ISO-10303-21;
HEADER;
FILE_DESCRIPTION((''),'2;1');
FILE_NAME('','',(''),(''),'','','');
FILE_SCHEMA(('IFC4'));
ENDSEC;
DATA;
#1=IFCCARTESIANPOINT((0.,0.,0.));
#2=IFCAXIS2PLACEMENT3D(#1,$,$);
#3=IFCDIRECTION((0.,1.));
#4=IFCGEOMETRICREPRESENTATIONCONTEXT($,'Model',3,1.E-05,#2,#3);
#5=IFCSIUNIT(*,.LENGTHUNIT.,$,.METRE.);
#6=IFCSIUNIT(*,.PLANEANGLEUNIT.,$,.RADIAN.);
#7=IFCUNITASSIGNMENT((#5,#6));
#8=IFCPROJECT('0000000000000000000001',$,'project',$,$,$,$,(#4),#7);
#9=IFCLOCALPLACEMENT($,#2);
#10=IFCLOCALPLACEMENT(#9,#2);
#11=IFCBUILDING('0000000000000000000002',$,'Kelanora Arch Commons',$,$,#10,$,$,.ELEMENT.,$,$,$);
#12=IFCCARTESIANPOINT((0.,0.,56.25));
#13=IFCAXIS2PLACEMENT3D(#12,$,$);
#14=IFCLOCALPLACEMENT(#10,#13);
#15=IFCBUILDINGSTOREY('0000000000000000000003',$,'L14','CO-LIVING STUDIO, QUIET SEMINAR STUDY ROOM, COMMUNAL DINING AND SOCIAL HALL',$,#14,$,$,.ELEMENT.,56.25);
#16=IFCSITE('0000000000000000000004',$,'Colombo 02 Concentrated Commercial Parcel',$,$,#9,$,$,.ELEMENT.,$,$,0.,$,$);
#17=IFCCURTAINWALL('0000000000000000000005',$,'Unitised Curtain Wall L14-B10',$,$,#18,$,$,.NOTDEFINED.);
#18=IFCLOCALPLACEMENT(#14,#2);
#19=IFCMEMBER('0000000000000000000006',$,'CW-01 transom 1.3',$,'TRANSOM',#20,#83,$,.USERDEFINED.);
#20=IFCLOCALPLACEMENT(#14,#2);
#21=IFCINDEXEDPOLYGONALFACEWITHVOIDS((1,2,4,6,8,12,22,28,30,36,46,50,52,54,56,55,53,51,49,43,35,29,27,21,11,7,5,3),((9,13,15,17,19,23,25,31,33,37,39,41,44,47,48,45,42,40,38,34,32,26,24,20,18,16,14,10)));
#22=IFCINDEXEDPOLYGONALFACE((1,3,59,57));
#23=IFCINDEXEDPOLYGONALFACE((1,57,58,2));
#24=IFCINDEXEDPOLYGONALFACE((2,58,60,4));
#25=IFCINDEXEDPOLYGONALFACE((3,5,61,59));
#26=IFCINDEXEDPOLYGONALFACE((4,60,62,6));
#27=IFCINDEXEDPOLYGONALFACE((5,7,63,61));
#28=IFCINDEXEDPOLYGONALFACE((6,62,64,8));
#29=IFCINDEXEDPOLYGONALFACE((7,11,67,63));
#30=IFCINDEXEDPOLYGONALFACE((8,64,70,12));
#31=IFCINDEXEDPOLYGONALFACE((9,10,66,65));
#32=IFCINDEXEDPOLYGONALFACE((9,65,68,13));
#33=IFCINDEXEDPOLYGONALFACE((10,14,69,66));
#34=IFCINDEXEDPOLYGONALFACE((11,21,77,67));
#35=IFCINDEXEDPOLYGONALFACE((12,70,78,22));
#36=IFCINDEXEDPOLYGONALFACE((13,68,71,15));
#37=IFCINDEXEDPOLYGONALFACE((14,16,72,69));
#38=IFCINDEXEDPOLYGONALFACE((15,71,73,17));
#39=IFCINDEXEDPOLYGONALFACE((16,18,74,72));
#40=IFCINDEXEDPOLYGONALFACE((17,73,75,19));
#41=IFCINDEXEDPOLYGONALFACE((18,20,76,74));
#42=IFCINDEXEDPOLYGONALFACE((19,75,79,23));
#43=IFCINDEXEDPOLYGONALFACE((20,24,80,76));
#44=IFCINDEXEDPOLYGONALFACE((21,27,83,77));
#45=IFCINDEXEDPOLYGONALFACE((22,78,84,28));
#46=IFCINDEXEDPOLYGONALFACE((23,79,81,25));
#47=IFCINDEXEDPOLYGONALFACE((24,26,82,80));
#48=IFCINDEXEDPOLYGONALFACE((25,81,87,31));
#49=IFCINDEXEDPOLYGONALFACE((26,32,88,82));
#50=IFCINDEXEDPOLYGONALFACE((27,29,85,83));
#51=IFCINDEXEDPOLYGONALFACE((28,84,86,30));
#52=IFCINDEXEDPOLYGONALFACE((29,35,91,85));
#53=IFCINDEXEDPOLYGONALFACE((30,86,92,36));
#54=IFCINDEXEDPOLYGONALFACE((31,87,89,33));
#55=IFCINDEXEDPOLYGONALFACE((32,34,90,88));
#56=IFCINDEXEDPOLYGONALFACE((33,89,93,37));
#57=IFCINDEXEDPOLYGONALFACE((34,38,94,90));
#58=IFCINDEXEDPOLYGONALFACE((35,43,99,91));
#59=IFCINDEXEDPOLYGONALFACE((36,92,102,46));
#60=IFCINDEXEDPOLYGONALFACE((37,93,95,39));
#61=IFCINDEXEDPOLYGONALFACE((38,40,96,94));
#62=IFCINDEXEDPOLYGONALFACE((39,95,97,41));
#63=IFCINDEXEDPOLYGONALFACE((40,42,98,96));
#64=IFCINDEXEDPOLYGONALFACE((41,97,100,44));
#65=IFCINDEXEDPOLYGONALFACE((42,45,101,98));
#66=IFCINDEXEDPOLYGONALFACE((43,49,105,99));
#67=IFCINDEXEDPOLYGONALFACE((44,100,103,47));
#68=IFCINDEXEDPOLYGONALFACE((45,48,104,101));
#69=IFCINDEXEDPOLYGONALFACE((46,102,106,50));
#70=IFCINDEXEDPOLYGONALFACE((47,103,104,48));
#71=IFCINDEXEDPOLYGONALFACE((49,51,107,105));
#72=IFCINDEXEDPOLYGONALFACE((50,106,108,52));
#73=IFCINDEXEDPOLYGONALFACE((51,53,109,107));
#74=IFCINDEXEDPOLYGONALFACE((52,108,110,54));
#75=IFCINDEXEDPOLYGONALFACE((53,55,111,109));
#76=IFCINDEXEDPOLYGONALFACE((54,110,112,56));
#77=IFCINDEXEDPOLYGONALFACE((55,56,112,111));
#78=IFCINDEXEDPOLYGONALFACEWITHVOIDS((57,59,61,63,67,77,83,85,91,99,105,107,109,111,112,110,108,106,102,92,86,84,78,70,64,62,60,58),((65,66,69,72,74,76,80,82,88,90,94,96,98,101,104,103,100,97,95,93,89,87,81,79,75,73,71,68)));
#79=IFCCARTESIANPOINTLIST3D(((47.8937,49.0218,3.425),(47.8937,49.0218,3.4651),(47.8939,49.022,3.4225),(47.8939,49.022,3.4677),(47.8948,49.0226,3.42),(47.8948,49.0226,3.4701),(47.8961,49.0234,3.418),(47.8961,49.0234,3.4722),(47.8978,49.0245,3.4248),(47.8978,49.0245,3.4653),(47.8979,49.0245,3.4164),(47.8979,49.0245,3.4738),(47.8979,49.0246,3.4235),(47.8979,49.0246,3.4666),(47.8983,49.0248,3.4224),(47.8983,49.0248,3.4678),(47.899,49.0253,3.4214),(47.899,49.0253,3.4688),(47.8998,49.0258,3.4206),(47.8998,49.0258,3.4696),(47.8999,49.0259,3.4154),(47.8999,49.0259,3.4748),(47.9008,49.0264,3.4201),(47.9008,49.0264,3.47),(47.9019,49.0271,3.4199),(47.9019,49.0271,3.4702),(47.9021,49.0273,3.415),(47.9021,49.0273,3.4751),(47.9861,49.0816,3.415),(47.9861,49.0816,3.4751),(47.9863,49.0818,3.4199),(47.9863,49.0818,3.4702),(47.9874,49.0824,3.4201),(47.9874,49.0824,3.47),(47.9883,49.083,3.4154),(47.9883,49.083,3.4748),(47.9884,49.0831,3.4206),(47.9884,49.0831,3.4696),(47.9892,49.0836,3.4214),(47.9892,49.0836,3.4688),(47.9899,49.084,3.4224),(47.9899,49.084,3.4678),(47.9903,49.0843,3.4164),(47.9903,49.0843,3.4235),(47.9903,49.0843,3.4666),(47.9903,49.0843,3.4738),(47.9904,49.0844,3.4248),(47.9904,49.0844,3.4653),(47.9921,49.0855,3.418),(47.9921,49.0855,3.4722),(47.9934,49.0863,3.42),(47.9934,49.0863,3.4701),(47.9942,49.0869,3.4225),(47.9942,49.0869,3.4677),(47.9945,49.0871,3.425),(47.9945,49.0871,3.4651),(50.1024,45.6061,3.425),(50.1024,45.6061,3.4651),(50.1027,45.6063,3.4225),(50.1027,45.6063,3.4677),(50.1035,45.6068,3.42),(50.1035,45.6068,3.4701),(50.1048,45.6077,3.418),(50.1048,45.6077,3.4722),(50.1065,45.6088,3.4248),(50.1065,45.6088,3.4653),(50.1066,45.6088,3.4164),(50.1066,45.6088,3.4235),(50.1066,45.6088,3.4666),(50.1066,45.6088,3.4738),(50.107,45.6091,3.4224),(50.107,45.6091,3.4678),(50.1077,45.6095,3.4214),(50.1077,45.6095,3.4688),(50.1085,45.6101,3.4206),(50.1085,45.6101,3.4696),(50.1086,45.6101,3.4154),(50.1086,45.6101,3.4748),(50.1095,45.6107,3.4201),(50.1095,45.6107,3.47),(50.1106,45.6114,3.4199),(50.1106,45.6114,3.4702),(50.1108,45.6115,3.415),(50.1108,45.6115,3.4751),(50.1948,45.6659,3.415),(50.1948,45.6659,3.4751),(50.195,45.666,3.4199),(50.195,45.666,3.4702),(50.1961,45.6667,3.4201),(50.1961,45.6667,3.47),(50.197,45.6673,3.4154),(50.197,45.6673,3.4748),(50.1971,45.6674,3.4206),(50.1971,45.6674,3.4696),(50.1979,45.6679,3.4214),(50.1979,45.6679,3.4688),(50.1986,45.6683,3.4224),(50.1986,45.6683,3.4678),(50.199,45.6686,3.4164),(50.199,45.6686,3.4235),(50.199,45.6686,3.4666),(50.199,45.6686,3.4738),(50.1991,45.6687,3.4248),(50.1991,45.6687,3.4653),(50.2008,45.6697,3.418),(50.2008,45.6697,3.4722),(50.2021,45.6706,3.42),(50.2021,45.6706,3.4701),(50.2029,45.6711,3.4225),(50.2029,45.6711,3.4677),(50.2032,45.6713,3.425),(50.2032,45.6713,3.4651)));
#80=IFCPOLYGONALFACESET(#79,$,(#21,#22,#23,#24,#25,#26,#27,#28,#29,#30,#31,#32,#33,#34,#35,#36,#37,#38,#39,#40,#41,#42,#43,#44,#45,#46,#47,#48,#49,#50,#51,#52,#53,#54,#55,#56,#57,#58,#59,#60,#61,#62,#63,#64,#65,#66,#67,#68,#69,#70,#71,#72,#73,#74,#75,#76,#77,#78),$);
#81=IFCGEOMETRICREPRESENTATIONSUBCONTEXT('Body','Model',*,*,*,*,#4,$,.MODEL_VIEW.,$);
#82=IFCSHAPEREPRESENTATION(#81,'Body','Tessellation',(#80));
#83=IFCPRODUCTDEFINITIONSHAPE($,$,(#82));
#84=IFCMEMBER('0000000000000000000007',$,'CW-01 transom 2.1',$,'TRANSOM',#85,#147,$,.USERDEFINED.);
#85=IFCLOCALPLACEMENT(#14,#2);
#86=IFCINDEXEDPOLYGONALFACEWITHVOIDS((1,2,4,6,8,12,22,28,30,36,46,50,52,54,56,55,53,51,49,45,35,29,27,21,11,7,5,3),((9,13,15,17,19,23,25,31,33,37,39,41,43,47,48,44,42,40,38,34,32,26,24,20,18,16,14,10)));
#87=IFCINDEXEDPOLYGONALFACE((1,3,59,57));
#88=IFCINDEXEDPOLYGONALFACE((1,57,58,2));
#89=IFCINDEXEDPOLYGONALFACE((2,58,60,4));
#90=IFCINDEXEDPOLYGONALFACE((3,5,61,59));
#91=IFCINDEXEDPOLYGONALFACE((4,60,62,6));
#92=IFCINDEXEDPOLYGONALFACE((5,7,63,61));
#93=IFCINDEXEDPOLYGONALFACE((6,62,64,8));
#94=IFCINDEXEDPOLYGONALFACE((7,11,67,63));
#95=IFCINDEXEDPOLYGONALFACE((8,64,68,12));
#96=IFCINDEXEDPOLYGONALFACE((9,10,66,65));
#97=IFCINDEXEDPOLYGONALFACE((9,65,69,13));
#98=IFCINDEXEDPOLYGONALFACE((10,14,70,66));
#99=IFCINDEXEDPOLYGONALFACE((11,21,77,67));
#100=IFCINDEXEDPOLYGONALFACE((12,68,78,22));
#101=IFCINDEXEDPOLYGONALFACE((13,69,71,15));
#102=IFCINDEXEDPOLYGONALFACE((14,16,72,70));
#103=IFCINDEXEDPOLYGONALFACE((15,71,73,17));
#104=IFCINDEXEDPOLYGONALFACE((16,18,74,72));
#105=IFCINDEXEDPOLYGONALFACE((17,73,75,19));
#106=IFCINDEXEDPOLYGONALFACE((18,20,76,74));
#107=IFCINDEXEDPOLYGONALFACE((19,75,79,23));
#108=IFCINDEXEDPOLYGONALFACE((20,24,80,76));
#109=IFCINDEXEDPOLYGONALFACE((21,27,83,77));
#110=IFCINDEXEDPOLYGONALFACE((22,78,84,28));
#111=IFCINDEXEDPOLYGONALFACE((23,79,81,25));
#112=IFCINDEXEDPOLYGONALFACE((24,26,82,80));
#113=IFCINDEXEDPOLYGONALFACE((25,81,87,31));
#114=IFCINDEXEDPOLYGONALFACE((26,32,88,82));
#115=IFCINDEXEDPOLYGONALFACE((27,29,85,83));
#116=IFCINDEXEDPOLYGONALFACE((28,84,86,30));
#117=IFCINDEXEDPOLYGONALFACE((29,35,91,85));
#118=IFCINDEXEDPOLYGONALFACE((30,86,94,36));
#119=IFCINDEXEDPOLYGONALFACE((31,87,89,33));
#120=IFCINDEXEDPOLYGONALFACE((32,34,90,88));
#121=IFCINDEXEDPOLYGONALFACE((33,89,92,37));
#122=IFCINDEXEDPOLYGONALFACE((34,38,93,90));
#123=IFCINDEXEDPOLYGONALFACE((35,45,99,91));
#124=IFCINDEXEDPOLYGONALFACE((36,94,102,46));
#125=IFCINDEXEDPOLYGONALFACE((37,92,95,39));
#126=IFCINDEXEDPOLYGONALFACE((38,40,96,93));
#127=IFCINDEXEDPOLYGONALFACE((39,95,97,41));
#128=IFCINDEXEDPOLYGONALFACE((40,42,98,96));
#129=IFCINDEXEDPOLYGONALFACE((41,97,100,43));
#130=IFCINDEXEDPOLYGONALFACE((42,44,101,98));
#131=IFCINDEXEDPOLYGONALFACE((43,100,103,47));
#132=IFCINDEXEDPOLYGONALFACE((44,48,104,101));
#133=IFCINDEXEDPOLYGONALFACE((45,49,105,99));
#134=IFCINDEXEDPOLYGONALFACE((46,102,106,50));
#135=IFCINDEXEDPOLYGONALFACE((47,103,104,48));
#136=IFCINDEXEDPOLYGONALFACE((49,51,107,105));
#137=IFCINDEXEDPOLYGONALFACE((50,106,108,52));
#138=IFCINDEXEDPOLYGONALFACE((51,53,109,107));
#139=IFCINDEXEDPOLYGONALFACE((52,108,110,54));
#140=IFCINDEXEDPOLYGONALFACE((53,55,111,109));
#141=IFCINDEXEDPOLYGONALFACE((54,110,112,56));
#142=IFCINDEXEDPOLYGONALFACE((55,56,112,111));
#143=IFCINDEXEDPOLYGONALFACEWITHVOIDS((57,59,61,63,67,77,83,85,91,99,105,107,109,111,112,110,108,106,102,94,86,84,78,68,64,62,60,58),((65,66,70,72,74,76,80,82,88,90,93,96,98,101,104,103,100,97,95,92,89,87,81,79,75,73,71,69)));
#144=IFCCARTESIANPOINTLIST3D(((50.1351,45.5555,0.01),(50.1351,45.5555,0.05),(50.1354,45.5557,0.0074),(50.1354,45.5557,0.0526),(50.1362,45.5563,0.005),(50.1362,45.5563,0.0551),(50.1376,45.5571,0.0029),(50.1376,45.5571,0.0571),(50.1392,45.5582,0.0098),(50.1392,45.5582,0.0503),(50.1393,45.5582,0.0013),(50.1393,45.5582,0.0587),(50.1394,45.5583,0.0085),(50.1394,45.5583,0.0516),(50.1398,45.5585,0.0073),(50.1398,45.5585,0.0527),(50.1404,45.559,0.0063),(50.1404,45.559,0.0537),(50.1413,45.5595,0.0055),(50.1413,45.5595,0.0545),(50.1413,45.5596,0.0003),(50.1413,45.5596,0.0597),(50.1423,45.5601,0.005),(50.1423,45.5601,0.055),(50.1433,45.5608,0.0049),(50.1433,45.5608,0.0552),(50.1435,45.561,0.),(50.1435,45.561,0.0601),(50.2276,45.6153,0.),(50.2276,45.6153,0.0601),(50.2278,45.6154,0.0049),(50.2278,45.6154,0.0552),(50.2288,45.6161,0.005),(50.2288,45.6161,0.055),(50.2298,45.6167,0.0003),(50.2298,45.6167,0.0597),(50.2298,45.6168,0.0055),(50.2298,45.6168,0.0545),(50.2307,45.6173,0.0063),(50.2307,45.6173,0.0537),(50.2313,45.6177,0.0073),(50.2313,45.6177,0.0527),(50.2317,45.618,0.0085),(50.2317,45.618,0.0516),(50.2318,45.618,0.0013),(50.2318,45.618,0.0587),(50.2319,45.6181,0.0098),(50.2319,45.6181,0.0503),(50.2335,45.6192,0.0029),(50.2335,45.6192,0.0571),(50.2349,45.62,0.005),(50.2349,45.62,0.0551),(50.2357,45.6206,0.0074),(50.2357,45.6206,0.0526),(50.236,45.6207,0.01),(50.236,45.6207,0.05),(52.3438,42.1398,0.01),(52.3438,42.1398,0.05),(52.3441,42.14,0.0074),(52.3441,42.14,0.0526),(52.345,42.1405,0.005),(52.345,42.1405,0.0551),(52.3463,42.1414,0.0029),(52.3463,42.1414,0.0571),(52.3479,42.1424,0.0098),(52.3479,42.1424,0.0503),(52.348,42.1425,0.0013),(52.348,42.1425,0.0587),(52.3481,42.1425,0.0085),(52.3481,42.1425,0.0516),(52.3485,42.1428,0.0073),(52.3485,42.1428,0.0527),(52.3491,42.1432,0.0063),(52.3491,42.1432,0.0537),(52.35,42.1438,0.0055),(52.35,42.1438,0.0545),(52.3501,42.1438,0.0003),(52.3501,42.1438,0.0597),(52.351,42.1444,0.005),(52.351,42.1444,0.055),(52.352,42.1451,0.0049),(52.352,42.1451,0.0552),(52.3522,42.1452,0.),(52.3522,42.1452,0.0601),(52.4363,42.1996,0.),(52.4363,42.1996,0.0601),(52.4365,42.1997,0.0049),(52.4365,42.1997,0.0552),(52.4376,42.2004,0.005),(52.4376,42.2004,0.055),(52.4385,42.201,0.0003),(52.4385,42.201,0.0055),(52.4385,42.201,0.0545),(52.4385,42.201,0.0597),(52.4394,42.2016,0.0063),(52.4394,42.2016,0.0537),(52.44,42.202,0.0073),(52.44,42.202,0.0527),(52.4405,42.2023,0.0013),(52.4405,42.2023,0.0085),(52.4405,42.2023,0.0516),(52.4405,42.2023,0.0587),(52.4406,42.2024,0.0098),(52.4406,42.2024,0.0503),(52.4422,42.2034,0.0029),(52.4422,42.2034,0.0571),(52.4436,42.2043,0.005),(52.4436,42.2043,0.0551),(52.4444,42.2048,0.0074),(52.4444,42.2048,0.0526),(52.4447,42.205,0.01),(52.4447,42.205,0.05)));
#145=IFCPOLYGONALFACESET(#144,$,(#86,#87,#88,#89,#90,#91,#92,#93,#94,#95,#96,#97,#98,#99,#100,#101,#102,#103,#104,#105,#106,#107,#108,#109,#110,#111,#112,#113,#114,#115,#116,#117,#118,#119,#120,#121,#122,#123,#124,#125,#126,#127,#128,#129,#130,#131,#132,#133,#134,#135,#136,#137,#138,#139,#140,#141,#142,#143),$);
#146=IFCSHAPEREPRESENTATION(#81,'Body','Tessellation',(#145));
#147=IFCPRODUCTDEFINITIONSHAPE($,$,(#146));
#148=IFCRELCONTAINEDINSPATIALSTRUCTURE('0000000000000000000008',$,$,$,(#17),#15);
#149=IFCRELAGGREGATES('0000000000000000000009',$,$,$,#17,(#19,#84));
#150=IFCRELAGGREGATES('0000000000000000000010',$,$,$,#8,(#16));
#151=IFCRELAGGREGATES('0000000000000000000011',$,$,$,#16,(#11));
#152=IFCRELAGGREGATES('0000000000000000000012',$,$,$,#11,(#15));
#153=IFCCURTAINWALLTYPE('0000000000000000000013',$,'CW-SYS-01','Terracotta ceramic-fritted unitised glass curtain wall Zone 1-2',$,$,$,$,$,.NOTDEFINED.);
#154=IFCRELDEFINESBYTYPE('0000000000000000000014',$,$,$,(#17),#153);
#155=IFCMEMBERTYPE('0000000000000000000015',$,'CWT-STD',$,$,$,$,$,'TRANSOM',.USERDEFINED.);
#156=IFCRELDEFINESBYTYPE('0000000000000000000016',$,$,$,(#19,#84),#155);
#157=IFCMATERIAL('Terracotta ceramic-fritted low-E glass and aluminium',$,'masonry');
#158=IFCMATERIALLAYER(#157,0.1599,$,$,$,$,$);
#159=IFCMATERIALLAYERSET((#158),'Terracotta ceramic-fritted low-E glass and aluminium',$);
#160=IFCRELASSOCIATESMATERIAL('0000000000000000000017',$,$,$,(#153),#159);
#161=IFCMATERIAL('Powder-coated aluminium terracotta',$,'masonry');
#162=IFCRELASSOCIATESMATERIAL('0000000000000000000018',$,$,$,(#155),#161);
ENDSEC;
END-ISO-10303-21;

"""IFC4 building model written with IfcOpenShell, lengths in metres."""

from ifc_helpers import new_model, si_unit, direction, frame, origin, origin_2d, place, context, subcontext, project, spatial, hollow_rectangle, extrude, material, layer, layer_set, material_profile, profile_set, type_object, element, aggregate, save


model = new_model("IFC4")

# Units and contexts
model_context = context("Model", 3, precision=1e-05, world=origin(), true_north=direction((0.0, 1.0)))
body_context = subcontext(model_context, "Body", "Model", "MODEL_VIEW")
ifc_project = project(units=[si_unit("LENGTHUNIT", "METRE"), si_unit("PLANEANGLEUNIT", "RADIAN")], contexts=[model_context])

# Site, building, storey
site_placement = place(None, origin())
site = spatial("IfcSite", under=ifc_project, at=site_placement, Name="Colombo 02 Concentrated Commercial Parcel", CompositionType="ELEMENT", RefElevation=0.0)
building_placement = place(site_placement, origin())
building = spatial("IfcBuilding", under=site, at=building_placement, Name="Kelanora Arch Commons", CompositionType="ELEMENT")
storey_placement = place(building_placement, frame((0.0, 0.0, 56.25)))
storey = spatial("IfcBuildingStorey", under=building, at=storey_placement, Name="L14", Description="CO-LIVING STUDIO, QUIET SEMINAR STUDY ROOM, COMMUNAL DINING AND SOCIAL HALL", CompositionType="ELEMENT", Elevation=56.25)

# Shared definitions
ifc_material_1 = material(Name="Terracotta ceramic-fritted low-E glass and aluminium", Category="masonry")
ifc_layer_1 = layer(ifc_material_1, 0.1599)
ifc_layer_set_1 = layer_set([ifc_layer_1], Name="Terracotta ceramic-fritted low-E glass and aluminium")
curtain_wall_type = type_object("IfcCurtainWallType", Name="CW-SYS-01", Description="Terracotta ceramic-fritted unitised glass curtain wall Zone 1-2", PredefinedType="NOTDEFINED", material=ifc_layer_set_1)
ifc_material_2 = material(Name="Powder-coated aluminium terracotta", Category="masonry")

# Curtain wall, members
curtain_wall_1_placement = place(storey_placement, origin())
curtain_wall_1 = element("IfcCurtainWall", 1, at=curtain_wall_1_placement, inside=storey, type_object=curtain_wall_type, Name="Unitised Curtain Wall L14-B10", PredefinedType="NOTDEFINED")
ifc_material_profile_1 = material_profile(ifc_material_2, hollow_rectangle(XDim=0.1201, YDim=0.0601, WallThickness=0.0049, InnerFilletRadius=0.0049, OuterFilletRadius=0.01, at=origin_2d()), Name="CWT120x60")
ifc_profile_set_1 = profile_set([ifc_material_profile_1], Name="Powder-coated aluminium terracotta")
member_type_1 = type_object("IfcMemberType", Name="CWT-STD", ElementType="TRANSOM", PredefinedType="USERDEFINED", material=ifc_profile_set_1)
member_1_placement = place(storey_placement, frame((47.9441, 49.0544, 3.4451), z_axis=(0.542997, -0.839734, 0.0), x_axis=(0.839734, 0.542997, 0.0)))
member_1 = element("IfcMember", 2, at=member_1_placement, type_object=member_type_1, Name="CW-01 transom 1.3", ObjectType="TRANSOM", PredefinedType="USERDEFINED", context=body_context, shape_type="SweptSolid", body=[
    extrude(hollow_rectangle(XDim=0.1201, YDim=0.0601, WallThickness=0.0049, InnerFilletRadius=0.0049, OuterFilletRadius=0.01, at=origin_2d()), origin(), (0.0, 0.0, 1.0), 4.0676),
])
member_2_placement = place(storey_placement, frame((50.1855, 45.5881, 0.03), z_axis=(0.542997, -0.839734, 0.0), x_axis=(0.839734, 0.542997, 0.0)))
member_2 = element("IfcMember", 3, at=member_2_placement, type_object=member_type_1, Name="CW-01 transom 2.1", ObjectType="TRANSOM", PredefinedType="USERDEFINED", context=body_context, shape_type="SweptSolid", body=[
    extrude(hollow_rectangle(XDim=0.1201, YDim=0.0601, WallThickness=0.0049, InnerFilletRadius=0.0049, OuterFilletRadius=0.01, at=origin_2d()), origin(), (0.0, 0.0, 1.0), 4.0676),
])

aggregate(curtain_wall_1, [member_1, member_2])

save(model, "model.ifc")
